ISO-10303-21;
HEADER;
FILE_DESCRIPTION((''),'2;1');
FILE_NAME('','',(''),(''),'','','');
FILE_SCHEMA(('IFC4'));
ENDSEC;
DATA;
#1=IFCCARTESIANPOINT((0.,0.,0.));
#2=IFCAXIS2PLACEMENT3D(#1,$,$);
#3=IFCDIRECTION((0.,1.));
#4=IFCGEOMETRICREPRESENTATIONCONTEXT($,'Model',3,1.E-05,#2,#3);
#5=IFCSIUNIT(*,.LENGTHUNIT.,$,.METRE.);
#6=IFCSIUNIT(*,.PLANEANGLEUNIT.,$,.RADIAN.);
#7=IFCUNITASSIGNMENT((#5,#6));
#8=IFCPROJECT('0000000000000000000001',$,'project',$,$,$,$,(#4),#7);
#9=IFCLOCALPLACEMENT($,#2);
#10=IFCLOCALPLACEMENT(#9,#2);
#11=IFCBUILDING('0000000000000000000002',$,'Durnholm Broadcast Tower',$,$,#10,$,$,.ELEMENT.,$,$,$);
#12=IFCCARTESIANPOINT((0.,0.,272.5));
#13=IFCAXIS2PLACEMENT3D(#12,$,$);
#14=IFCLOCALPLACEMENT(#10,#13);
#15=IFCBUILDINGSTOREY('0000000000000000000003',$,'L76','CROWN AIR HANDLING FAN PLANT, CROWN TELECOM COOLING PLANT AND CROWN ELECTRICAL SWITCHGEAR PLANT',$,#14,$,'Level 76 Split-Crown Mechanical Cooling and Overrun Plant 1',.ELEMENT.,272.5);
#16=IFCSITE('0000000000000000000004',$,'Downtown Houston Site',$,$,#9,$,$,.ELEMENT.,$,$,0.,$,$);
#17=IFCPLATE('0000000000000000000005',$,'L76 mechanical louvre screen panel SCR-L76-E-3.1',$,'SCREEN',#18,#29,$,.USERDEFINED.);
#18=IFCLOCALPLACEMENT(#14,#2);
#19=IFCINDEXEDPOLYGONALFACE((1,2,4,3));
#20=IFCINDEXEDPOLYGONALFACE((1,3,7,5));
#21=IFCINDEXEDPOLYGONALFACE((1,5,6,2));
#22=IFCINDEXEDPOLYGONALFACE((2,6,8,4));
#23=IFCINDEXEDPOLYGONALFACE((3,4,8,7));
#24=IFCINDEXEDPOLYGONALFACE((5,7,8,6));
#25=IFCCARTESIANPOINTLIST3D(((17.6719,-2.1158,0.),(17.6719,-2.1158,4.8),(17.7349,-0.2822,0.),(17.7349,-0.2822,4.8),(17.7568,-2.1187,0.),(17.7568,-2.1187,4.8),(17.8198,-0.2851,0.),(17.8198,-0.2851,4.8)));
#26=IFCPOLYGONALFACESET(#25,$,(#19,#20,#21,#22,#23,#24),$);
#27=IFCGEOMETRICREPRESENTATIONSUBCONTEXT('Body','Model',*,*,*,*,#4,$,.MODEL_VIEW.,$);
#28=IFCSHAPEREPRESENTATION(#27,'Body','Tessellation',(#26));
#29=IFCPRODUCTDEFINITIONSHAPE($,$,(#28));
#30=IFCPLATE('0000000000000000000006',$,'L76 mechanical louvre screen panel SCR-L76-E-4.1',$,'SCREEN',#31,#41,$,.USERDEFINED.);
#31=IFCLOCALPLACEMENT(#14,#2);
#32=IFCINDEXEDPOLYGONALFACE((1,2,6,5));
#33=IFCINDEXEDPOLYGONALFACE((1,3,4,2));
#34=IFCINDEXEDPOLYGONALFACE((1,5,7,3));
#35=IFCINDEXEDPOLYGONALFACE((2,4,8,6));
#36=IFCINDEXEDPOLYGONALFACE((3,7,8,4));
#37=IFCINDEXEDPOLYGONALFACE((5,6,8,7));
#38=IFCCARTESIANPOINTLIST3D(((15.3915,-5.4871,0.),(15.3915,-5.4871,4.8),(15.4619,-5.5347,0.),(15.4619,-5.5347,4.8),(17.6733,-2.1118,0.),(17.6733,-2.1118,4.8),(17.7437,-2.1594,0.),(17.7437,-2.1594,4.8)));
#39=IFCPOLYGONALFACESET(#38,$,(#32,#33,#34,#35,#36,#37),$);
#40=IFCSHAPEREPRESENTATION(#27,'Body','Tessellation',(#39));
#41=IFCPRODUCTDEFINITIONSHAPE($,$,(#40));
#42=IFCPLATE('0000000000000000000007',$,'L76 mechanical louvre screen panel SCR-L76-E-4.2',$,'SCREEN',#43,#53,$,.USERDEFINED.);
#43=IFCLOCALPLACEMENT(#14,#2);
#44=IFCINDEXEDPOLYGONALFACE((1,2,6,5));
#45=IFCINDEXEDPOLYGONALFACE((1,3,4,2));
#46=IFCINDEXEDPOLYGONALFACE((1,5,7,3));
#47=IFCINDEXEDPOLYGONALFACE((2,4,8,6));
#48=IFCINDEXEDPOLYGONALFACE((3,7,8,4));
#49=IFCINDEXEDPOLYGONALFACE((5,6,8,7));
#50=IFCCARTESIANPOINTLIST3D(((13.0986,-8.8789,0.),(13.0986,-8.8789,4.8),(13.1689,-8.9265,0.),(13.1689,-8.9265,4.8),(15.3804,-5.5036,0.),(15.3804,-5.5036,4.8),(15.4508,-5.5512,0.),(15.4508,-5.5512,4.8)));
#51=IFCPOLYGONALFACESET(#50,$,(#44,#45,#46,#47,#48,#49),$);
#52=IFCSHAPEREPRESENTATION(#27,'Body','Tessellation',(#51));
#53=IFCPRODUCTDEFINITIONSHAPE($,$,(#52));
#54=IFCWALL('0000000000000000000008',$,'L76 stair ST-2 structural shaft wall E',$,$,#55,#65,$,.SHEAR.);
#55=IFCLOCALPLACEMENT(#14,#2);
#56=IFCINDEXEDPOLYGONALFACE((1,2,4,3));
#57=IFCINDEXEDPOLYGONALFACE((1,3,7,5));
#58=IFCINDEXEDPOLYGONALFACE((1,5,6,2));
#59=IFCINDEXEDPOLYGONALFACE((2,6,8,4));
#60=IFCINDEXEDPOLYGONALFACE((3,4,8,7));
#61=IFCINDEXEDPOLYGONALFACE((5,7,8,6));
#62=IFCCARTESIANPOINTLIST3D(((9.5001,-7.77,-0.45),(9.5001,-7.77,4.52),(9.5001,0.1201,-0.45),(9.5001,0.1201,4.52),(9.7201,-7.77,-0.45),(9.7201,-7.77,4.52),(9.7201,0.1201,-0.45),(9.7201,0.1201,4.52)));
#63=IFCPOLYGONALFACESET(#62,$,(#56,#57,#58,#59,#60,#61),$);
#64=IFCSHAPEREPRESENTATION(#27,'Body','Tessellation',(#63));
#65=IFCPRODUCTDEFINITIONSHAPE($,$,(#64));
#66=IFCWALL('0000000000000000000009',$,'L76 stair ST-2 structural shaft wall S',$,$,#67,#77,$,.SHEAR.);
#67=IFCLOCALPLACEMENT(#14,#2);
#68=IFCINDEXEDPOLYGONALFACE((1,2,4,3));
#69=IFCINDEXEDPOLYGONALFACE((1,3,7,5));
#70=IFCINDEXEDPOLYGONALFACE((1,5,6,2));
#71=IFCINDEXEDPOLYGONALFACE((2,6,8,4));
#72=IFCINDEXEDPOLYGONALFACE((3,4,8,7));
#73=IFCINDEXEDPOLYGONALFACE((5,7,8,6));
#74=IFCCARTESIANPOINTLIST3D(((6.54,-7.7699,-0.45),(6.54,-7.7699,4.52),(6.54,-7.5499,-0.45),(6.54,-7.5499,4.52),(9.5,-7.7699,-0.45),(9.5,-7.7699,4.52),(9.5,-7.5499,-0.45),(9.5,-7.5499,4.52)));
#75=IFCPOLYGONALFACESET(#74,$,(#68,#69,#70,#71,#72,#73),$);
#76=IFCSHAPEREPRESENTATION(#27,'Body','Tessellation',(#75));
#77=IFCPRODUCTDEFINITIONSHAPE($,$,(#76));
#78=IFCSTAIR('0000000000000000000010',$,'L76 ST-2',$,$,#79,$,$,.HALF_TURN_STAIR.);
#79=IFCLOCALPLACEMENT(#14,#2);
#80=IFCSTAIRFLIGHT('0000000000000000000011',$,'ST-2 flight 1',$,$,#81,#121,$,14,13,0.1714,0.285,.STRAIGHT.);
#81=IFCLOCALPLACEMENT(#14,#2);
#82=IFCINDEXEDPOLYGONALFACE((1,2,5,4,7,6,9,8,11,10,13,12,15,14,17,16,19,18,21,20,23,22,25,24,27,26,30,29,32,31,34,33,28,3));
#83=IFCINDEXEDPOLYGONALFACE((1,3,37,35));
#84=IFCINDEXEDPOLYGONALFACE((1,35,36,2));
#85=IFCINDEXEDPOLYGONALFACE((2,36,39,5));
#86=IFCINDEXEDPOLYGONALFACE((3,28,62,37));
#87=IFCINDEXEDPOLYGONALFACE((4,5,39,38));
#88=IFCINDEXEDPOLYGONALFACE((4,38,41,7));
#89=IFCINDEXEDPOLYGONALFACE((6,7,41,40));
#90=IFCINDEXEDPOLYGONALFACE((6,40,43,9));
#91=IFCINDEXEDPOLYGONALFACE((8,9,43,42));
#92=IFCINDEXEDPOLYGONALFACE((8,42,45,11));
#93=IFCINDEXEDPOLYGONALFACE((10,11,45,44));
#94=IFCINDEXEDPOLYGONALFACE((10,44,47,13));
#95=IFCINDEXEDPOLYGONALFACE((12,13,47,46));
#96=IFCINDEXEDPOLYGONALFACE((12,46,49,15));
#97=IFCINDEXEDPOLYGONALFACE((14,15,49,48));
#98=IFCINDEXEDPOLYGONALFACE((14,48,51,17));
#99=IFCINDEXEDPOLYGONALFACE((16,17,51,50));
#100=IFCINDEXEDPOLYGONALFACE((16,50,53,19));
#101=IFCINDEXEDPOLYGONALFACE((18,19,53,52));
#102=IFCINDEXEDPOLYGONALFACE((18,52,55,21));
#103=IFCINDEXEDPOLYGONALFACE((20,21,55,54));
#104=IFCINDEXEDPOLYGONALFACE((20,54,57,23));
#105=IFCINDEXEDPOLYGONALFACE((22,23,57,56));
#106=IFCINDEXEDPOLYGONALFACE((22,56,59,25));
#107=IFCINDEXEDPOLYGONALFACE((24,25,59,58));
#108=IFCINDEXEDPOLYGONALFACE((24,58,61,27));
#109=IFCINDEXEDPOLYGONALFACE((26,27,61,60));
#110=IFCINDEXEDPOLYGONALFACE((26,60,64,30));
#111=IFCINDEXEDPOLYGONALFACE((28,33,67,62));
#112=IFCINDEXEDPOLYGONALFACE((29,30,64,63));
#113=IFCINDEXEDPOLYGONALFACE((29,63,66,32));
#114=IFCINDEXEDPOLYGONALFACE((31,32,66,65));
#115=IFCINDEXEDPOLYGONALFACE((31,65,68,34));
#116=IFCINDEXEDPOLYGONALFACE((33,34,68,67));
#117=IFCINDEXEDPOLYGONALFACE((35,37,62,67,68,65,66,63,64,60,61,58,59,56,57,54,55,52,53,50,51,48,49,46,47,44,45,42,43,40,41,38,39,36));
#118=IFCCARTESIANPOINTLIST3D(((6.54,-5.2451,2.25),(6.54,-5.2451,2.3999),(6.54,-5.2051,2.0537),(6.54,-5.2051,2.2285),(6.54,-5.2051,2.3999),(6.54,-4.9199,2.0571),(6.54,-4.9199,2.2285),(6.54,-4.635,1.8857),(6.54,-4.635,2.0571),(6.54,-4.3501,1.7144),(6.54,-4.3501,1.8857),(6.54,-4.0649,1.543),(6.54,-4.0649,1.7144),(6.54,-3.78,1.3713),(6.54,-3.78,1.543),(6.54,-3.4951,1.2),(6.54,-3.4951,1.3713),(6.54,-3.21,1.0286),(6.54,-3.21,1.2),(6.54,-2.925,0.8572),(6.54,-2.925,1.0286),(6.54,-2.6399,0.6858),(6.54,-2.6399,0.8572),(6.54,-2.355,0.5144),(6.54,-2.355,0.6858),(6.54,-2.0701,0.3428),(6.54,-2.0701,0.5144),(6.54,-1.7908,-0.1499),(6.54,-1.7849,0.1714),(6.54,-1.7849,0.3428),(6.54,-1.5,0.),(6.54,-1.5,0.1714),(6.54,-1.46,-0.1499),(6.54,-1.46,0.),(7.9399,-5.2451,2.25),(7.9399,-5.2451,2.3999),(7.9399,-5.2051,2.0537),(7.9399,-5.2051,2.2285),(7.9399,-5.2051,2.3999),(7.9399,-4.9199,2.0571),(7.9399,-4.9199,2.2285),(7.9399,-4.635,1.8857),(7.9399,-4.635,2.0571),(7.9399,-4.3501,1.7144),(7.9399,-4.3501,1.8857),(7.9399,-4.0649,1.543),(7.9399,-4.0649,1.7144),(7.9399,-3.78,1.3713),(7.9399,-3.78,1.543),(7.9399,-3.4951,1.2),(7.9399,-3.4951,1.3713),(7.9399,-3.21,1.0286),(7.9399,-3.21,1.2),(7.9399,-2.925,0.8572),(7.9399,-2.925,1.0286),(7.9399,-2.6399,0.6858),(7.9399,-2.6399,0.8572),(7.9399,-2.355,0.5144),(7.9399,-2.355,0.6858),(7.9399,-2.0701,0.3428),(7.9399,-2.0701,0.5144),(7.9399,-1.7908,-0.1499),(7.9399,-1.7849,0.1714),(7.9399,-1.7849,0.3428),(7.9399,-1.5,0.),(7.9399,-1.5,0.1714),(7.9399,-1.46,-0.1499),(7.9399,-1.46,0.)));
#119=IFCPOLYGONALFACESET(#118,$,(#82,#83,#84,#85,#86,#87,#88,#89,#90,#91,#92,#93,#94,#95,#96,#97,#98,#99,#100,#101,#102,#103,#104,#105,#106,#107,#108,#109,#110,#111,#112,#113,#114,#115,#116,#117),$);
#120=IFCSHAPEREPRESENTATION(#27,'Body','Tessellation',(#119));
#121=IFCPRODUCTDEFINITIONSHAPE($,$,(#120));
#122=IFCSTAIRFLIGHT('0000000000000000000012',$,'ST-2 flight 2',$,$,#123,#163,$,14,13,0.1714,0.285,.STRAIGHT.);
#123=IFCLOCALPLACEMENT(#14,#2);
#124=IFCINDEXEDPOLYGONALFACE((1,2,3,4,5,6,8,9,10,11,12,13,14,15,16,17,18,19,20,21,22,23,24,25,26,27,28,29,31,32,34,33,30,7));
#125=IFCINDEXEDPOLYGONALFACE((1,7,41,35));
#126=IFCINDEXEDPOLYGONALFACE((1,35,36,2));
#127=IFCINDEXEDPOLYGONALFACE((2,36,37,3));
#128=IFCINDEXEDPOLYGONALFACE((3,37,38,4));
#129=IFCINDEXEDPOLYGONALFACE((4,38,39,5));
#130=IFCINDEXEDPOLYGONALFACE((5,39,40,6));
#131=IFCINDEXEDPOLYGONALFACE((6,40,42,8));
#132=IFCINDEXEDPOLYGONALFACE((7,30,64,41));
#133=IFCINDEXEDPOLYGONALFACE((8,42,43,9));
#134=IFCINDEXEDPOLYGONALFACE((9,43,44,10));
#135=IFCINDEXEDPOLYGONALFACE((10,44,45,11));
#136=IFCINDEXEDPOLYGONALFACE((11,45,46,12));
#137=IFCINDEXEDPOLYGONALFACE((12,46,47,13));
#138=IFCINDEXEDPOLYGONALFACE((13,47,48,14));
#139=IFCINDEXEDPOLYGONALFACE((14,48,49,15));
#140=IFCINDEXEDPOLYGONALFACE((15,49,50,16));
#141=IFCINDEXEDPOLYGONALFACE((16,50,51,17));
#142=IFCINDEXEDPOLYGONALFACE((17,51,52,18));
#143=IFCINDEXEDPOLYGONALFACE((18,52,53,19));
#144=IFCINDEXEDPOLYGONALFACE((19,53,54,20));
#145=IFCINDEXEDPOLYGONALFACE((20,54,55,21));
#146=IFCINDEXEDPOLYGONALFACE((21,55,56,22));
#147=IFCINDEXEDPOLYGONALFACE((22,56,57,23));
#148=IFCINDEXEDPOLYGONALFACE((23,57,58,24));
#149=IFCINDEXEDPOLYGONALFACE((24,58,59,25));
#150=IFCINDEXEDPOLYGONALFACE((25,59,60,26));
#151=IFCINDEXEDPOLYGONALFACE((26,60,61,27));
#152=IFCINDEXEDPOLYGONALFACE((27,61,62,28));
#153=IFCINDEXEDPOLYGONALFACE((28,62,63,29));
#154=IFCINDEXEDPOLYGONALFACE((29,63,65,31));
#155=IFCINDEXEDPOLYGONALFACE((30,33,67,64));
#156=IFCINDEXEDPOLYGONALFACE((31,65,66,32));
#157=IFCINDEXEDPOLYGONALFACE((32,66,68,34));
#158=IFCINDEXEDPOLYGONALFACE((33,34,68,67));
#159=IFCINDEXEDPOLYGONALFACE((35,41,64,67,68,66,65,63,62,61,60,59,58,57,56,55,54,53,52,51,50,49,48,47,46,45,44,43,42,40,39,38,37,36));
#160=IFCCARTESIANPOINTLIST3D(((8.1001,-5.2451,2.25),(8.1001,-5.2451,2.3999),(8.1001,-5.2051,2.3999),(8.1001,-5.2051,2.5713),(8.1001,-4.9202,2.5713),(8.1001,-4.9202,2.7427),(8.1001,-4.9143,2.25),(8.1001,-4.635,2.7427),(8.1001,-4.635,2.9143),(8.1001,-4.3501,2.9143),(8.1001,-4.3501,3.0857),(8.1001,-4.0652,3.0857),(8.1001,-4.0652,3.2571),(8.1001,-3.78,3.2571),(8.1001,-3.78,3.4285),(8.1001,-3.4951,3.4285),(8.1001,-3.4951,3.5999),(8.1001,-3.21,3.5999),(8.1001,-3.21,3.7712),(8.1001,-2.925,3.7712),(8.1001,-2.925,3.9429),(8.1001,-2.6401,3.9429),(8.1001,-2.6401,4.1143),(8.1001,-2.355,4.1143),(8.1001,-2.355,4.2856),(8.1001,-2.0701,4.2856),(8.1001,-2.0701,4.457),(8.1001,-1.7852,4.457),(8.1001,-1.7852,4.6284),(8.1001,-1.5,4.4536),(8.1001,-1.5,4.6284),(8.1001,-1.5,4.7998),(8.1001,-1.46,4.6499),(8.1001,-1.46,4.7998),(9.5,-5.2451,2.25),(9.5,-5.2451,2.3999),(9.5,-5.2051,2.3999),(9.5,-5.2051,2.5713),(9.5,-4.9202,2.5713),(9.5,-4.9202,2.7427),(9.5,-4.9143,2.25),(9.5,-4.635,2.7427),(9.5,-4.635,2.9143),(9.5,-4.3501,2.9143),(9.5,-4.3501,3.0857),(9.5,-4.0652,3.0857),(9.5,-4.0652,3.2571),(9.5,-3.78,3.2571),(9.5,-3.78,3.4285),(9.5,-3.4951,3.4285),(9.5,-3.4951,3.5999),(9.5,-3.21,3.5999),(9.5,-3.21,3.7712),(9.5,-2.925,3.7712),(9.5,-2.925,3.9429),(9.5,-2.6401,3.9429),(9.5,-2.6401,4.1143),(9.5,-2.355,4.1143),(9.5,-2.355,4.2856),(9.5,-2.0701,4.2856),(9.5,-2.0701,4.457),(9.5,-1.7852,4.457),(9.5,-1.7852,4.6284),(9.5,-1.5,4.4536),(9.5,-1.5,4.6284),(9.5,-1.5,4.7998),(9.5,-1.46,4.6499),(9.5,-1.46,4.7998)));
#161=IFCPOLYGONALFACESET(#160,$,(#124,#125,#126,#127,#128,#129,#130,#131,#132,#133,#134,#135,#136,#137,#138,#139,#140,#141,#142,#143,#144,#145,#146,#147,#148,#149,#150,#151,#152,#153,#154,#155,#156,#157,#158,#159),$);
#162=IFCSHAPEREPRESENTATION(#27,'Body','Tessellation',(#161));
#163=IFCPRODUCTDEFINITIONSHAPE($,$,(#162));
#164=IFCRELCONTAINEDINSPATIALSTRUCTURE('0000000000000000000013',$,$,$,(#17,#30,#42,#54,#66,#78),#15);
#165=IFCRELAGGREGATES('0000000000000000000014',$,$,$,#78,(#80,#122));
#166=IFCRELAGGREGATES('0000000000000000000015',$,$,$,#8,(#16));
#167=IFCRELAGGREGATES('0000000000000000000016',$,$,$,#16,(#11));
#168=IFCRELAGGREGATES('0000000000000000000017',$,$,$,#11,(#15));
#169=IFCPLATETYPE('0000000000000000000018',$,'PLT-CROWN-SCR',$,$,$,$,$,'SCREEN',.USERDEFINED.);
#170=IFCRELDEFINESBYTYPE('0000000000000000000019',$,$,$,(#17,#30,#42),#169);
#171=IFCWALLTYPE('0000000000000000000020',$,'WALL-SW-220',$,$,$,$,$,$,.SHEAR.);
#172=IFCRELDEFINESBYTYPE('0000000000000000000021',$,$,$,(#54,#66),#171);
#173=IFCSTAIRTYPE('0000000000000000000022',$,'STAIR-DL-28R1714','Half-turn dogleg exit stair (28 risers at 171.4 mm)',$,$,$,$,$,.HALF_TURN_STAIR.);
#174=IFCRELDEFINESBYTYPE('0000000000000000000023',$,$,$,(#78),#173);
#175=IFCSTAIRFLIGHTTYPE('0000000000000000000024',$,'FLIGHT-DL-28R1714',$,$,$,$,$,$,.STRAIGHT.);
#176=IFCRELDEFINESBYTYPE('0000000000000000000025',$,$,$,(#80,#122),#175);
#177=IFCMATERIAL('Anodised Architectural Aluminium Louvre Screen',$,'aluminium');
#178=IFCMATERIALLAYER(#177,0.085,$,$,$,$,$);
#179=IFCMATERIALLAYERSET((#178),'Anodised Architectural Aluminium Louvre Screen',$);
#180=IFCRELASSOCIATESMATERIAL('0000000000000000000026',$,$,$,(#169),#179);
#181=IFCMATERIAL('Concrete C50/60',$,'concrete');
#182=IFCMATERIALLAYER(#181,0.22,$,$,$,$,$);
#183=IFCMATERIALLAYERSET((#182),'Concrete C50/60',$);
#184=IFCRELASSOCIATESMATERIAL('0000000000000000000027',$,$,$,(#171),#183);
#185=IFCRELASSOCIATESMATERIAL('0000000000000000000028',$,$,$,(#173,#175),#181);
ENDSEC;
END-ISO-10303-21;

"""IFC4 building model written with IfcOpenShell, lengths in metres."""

from ifc_helpers import new_model, si_unit, direction, frame, frame_2d, origin, origin_2d, place, context, subcontext, project, spatial, polyline, rectangle, outline, extrude, source, transform, mapped, material, layer, layer_set, type_object, type_shapes, element, aggregate, save


model = new_model("IFC4")

# Units and contexts
model_context = context("Model", 3, precision=1e-05, world=origin(), true_north=direction((0.0, 1.0)))
body_context = subcontext(model_context, "Body", "Model", "MODEL_VIEW")
ifc_project = project(units=[si_unit("LENGTHUNIT", "METRE"), si_unit("PLANEANGLEUNIT", "RADIAN")], contexts=[model_context])

# Site, building, storey
site_placement = place(None, origin())
site = spatial("IfcSite", under=ifc_project, at=site_placement, Name="Downtown Houston Site", CompositionType="ELEMENT", RefElevation=0.0)
building_placement = place(site_placement, origin())
building = spatial("IfcBuilding", under=site, at=building_placement, Name="Durnholm Broadcast Tower", CompositionType="ELEMENT")
storey_placement = place(building_placement, frame((0.0, 0.0, 272.5)))
storey = spatial("IfcBuildingStorey", under=building, at=storey_placement, Name="L76", Description="CROWN AIR HANDLING FAN PLANT, CROWN TELECOM COOLING PLANT AND CROWN ELECTRICAL SWITCHGEAR PLANT", LongName="Level 76 Split-Crown Mechanical Cooling and Overrun Plant 1", CompositionType="ELEMENT", Elevation=272.5)

# Plates
ifc_material_1 = material(Name="Anodised Architectural Aluminium Louvre Screen", Category="aluminium")
ifc_layer_1 = layer(ifc_material_1, 0.085)
ifc_layer_set_1 = layer_set([ifc_layer_1], Name="Anodised Architectural Aluminium Louvre Screen")
plate_type_1 = type_object("IfcPlateType", Name="PLT-CROWN-SCR", ElementType="SCREEN", PredefinedType="USERDEFINED", material=ifc_layer_set_1)
shared_shape_1 = source(origin(), body_context, "Body", "SweptSolid", [
    extrude(rectangle(XDim=1.8347, YDim=0.085, at=origin_2d()), origin(), (0.0, 0.0, 1.0), 4.8),
])
plate_placement = place(storey_placement, frame((17.7458, -1.2004, 0.0), z_axis=(0.0, 0.0, 1.0), x_axis=(-0.034376, -0.999409, 0.0)))
element("IfcPlate", 1, at=plate_placement, inside=storey, type_object=plate_type_1, Name="L76 mechanical louvre screen panel SCR-L76-E-3.1", ObjectType="SCREEN", PredefinedType="USERDEFINED", context=body_context, shape_type="MappedRepresentation", body=[
    mapped(shared_shape_1, transform((0.0, 0.0, 0.0), x_axis=(1.0, 0.0, 0.0), y_axis=(0.0, 1.0, 0.0), z_axis=(0.0, 0.0, 1.0), scale=1.0)),
])
shared_shape_2 = source(origin(), body_context, "Body", "SweptSolid", [
    extrude(rectangle(XDim=4.0742, YDim=0.085, at=origin_2d()), origin(), (0.0, 0.0, 1.0), 4.8),
])
type_shapes(plate_type_1, [shared_shape_1, shared_shape_2])
for number, where, z_axis, x_axis, name in (
    (2, (16.5676, -3.8232, 0.0), (0.0, 0.0, 1.0), (-0.560061, -0.828452, 0.0), "L76 mechanical louvre screen panel SCR-L76-E-4.1"),
    (3, (14.2747, -7.2151, 0.0), (0.0, 0.0, 1.0), (-0.560061, -0.828452, 0.0), "L76 mechanical louvre screen panel SCR-L76-E-4.2"),
):
    element("IfcPlate", number, at=place(storey_placement, frame(where, z_axis=z_axis, x_axis=x_axis)), inside=storey, type_object=plate_type_1, Name=name, ObjectType="SCREEN", PredefinedType="USERDEFINED", context=body_context, shape_type="MappedRepresentation", body=[
        mapped(shared_shape_2, transform((0.0, 0.0, 0.0), x_axis=(1.0, 0.0, 0.0), y_axis=(0.0, 1.0, 0.0), z_axis=(0.0, 0.0, 1.0), scale=1.0)),
    ])

# Walls
ifc_material_2 = material(Name="Concrete C50/60", Category="concrete")
ifc_layer_2 = layer(ifc_material_2, 0.22)
ifc_layer_set_2 = layer_set([ifc_layer_2], Name="Concrete C50/60")
wall_type = type_object("IfcWallType", Name="WALL-SW-220", PredefinedType="SHEAR", material=ifc_layer_set_2)
wall_1_placement = place(storey_placement, frame((9.6101, -7.77, -0.45), z_axis=(0.0, 0.0, 1.0), x_axis=(0.0, 1.0, 0.0)))
element("IfcWall", 4, at=wall_1_placement, inside=storey, type_object=wall_type, Name="L76 stair ST-2 structural shaft wall E", PredefinedType="SHEAR", context=body_context, shape_type="SweptSolid", body=[
    extrude(rectangle(XDim=7.8901, YDim=0.22, at=frame_2d((3.9451, 0.0))), origin(), (0.0, 0.0, 1.0), 4.97),
])
wall_2_placement = place(storey_placement, frame((6.54, -7.6599, -0.45), z_axis=(0.0, 0.0, 1.0), x_axis=(1.0, 0.0, 0.0)))
element("IfcWall", 5, at=wall_2_placement, inside=storey, type_object=wall_type, Name="L76 stair ST-2 structural shaft wall S", PredefinedType="SHEAR", context=body_context, shape_type="SweptSolid", body=[
    extrude(rectangle(XDim=2.96, YDim=0.22, at=frame_2d((1.48, 0.0))), origin(), (0.0, 0.0, 1.0), 4.97),
])

# Stair, stair flights
stair_type = type_object("IfcStairType", Name="STAIR-DL-28R1714", Description="Half-turn dogleg exit stair (28 risers at 171.4 mm)", PredefinedType="HALF_TURN_STAIR", material=ifc_material_2)
stair_placement = place(storey_placement, origin())
stair = element("IfcStair", 6, at=stair_placement, inside=storey, type_object=stair_type, Name="L76 ST-2", PredefinedType="HALF_TURN_STAIR")
stair_flight_type = type_object("IfcStairFlightType", Name="FLIGHT-DL-28R1714", PredefinedType="STRAIGHT", material=ifc_material_2)
stair_flight_1_placement = place(storey_placement, frame((7.24, -1.5, 0.0), z_axis=(0.0, 0.0, 1.0), x_axis=(0.0, -1.0, 0.0)))
stair_flight_1 = element("IfcStairFlight", 7, at=stair_flight_1_placement, type_object=stair_flight_type, Name="ST-2 flight 1", NumberOfRisers=14, NumberOfTreads=13, PredefinedType="STRAIGHT", RiserHeight=0.1714, TreadLength=0.285, context=body_context, shape_type="SweptSolid", body=[
    extrude(outline(polyline([(-0.04, -0.1499), (-0.04, 0.0), (0.0, 0.0), (0.0, 0.1714), (0.2849, 0.1714), (0.2849, 0.3428), (0.5701, 0.3428), (0.5701, 0.5144), (0.855, 0.5144), (0.855, 0.6858), (1.1399, 0.6858), (1.1399, 0.8572), (1.425, 0.8572), (1.425, 1.0286), (1.71, 1.0286), (1.71, 1.2), (1.9951, 1.2), (1.9951, 1.3713), (2.28, 1.3713), (2.28, 1.543), (2.5649, 1.543), (2.5649, 1.7144), (2.8501, 1.7144), (2.8501, 1.8857), (3.135, 1.8857), (3.135, 2.0571), (3.4199, 2.0571), (3.4199, 2.2285), (3.7051, 2.2285), (3.7051, 2.3999), (3.7451, 2.3999), (3.7451, 2.25), (3.7051, 2.0537), (0.2908, -0.1499), (-0.04, -0.1499)])), frame((0.0, 0.7, 0.0), z_axis=(0.0, -1.0, 0.0), x_axis=(1.0, 0.0, 0.0)), (0.0, 0.0, 1.0), 1.3999),
])
stair_flight_2_placement = place(storey_placement, frame((8.8, -5.2051, 2.3999), z_axis=(0.0, 0.0, 1.0), x_axis=(0.0, 1.0, 0.0)))
stair_flight_2 = element("IfcStairFlight", 8, at=stair_flight_2_placement, type_object=stair_flight_type, Name="ST-2 flight 2", NumberOfRisers=14, NumberOfTreads=13, PredefinedType="STRAIGHT", RiserHeight=0.1714, TreadLength=0.285, context=body_context, shape_type="SweptSolid", body=[
    extrude(outline(polyline([(-0.04, -0.1499), (-0.04, 0.0), (0.0, 0.0), (0.0, 0.1714), (0.2849, 0.1714), (0.2849, 0.3428), (0.5701, 0.3428), (0.5701, 0.5144), (0.855, 0.5144), (0.855, 0.6858), (1.1399, 0.6858), (1.1399, 0.8572), (1.425, 0.8572), (1.425, 1.0286), (1.71, 1.0286), (1.71, 1.2), (1.9951, 1.2), (1.9951, 1.3713), (2.28, 1.3713), (2.28, 1.543), (2.5649, 1.543), (2.5649, 1.7144), (2.8501, 1.7144), (2.8501, 1.8857), (3.135, 1.8857), (3.135, 2.0571), (3.4199, 2.0571), (3.4199, 2.2285), (3.7051, 2.2285), (3.7051, 2.3999), (3.7451, 2.3999), (3.7451, 2.25), (3.7051, 2.0537), (0.2908, -0.1499), (-0.04, -0.1499)])), frame((0.0, 0.7, 0.0), z_axis=(0.0, -1.0, 0.0), x_axis=(1.0, 0.0, 0.0)), (0.0, 0.0, 1.0), 1.3999),
])
aggregate(stair, [stair_flight_1, stair_flight_2])

save(model, "model.ifc")
